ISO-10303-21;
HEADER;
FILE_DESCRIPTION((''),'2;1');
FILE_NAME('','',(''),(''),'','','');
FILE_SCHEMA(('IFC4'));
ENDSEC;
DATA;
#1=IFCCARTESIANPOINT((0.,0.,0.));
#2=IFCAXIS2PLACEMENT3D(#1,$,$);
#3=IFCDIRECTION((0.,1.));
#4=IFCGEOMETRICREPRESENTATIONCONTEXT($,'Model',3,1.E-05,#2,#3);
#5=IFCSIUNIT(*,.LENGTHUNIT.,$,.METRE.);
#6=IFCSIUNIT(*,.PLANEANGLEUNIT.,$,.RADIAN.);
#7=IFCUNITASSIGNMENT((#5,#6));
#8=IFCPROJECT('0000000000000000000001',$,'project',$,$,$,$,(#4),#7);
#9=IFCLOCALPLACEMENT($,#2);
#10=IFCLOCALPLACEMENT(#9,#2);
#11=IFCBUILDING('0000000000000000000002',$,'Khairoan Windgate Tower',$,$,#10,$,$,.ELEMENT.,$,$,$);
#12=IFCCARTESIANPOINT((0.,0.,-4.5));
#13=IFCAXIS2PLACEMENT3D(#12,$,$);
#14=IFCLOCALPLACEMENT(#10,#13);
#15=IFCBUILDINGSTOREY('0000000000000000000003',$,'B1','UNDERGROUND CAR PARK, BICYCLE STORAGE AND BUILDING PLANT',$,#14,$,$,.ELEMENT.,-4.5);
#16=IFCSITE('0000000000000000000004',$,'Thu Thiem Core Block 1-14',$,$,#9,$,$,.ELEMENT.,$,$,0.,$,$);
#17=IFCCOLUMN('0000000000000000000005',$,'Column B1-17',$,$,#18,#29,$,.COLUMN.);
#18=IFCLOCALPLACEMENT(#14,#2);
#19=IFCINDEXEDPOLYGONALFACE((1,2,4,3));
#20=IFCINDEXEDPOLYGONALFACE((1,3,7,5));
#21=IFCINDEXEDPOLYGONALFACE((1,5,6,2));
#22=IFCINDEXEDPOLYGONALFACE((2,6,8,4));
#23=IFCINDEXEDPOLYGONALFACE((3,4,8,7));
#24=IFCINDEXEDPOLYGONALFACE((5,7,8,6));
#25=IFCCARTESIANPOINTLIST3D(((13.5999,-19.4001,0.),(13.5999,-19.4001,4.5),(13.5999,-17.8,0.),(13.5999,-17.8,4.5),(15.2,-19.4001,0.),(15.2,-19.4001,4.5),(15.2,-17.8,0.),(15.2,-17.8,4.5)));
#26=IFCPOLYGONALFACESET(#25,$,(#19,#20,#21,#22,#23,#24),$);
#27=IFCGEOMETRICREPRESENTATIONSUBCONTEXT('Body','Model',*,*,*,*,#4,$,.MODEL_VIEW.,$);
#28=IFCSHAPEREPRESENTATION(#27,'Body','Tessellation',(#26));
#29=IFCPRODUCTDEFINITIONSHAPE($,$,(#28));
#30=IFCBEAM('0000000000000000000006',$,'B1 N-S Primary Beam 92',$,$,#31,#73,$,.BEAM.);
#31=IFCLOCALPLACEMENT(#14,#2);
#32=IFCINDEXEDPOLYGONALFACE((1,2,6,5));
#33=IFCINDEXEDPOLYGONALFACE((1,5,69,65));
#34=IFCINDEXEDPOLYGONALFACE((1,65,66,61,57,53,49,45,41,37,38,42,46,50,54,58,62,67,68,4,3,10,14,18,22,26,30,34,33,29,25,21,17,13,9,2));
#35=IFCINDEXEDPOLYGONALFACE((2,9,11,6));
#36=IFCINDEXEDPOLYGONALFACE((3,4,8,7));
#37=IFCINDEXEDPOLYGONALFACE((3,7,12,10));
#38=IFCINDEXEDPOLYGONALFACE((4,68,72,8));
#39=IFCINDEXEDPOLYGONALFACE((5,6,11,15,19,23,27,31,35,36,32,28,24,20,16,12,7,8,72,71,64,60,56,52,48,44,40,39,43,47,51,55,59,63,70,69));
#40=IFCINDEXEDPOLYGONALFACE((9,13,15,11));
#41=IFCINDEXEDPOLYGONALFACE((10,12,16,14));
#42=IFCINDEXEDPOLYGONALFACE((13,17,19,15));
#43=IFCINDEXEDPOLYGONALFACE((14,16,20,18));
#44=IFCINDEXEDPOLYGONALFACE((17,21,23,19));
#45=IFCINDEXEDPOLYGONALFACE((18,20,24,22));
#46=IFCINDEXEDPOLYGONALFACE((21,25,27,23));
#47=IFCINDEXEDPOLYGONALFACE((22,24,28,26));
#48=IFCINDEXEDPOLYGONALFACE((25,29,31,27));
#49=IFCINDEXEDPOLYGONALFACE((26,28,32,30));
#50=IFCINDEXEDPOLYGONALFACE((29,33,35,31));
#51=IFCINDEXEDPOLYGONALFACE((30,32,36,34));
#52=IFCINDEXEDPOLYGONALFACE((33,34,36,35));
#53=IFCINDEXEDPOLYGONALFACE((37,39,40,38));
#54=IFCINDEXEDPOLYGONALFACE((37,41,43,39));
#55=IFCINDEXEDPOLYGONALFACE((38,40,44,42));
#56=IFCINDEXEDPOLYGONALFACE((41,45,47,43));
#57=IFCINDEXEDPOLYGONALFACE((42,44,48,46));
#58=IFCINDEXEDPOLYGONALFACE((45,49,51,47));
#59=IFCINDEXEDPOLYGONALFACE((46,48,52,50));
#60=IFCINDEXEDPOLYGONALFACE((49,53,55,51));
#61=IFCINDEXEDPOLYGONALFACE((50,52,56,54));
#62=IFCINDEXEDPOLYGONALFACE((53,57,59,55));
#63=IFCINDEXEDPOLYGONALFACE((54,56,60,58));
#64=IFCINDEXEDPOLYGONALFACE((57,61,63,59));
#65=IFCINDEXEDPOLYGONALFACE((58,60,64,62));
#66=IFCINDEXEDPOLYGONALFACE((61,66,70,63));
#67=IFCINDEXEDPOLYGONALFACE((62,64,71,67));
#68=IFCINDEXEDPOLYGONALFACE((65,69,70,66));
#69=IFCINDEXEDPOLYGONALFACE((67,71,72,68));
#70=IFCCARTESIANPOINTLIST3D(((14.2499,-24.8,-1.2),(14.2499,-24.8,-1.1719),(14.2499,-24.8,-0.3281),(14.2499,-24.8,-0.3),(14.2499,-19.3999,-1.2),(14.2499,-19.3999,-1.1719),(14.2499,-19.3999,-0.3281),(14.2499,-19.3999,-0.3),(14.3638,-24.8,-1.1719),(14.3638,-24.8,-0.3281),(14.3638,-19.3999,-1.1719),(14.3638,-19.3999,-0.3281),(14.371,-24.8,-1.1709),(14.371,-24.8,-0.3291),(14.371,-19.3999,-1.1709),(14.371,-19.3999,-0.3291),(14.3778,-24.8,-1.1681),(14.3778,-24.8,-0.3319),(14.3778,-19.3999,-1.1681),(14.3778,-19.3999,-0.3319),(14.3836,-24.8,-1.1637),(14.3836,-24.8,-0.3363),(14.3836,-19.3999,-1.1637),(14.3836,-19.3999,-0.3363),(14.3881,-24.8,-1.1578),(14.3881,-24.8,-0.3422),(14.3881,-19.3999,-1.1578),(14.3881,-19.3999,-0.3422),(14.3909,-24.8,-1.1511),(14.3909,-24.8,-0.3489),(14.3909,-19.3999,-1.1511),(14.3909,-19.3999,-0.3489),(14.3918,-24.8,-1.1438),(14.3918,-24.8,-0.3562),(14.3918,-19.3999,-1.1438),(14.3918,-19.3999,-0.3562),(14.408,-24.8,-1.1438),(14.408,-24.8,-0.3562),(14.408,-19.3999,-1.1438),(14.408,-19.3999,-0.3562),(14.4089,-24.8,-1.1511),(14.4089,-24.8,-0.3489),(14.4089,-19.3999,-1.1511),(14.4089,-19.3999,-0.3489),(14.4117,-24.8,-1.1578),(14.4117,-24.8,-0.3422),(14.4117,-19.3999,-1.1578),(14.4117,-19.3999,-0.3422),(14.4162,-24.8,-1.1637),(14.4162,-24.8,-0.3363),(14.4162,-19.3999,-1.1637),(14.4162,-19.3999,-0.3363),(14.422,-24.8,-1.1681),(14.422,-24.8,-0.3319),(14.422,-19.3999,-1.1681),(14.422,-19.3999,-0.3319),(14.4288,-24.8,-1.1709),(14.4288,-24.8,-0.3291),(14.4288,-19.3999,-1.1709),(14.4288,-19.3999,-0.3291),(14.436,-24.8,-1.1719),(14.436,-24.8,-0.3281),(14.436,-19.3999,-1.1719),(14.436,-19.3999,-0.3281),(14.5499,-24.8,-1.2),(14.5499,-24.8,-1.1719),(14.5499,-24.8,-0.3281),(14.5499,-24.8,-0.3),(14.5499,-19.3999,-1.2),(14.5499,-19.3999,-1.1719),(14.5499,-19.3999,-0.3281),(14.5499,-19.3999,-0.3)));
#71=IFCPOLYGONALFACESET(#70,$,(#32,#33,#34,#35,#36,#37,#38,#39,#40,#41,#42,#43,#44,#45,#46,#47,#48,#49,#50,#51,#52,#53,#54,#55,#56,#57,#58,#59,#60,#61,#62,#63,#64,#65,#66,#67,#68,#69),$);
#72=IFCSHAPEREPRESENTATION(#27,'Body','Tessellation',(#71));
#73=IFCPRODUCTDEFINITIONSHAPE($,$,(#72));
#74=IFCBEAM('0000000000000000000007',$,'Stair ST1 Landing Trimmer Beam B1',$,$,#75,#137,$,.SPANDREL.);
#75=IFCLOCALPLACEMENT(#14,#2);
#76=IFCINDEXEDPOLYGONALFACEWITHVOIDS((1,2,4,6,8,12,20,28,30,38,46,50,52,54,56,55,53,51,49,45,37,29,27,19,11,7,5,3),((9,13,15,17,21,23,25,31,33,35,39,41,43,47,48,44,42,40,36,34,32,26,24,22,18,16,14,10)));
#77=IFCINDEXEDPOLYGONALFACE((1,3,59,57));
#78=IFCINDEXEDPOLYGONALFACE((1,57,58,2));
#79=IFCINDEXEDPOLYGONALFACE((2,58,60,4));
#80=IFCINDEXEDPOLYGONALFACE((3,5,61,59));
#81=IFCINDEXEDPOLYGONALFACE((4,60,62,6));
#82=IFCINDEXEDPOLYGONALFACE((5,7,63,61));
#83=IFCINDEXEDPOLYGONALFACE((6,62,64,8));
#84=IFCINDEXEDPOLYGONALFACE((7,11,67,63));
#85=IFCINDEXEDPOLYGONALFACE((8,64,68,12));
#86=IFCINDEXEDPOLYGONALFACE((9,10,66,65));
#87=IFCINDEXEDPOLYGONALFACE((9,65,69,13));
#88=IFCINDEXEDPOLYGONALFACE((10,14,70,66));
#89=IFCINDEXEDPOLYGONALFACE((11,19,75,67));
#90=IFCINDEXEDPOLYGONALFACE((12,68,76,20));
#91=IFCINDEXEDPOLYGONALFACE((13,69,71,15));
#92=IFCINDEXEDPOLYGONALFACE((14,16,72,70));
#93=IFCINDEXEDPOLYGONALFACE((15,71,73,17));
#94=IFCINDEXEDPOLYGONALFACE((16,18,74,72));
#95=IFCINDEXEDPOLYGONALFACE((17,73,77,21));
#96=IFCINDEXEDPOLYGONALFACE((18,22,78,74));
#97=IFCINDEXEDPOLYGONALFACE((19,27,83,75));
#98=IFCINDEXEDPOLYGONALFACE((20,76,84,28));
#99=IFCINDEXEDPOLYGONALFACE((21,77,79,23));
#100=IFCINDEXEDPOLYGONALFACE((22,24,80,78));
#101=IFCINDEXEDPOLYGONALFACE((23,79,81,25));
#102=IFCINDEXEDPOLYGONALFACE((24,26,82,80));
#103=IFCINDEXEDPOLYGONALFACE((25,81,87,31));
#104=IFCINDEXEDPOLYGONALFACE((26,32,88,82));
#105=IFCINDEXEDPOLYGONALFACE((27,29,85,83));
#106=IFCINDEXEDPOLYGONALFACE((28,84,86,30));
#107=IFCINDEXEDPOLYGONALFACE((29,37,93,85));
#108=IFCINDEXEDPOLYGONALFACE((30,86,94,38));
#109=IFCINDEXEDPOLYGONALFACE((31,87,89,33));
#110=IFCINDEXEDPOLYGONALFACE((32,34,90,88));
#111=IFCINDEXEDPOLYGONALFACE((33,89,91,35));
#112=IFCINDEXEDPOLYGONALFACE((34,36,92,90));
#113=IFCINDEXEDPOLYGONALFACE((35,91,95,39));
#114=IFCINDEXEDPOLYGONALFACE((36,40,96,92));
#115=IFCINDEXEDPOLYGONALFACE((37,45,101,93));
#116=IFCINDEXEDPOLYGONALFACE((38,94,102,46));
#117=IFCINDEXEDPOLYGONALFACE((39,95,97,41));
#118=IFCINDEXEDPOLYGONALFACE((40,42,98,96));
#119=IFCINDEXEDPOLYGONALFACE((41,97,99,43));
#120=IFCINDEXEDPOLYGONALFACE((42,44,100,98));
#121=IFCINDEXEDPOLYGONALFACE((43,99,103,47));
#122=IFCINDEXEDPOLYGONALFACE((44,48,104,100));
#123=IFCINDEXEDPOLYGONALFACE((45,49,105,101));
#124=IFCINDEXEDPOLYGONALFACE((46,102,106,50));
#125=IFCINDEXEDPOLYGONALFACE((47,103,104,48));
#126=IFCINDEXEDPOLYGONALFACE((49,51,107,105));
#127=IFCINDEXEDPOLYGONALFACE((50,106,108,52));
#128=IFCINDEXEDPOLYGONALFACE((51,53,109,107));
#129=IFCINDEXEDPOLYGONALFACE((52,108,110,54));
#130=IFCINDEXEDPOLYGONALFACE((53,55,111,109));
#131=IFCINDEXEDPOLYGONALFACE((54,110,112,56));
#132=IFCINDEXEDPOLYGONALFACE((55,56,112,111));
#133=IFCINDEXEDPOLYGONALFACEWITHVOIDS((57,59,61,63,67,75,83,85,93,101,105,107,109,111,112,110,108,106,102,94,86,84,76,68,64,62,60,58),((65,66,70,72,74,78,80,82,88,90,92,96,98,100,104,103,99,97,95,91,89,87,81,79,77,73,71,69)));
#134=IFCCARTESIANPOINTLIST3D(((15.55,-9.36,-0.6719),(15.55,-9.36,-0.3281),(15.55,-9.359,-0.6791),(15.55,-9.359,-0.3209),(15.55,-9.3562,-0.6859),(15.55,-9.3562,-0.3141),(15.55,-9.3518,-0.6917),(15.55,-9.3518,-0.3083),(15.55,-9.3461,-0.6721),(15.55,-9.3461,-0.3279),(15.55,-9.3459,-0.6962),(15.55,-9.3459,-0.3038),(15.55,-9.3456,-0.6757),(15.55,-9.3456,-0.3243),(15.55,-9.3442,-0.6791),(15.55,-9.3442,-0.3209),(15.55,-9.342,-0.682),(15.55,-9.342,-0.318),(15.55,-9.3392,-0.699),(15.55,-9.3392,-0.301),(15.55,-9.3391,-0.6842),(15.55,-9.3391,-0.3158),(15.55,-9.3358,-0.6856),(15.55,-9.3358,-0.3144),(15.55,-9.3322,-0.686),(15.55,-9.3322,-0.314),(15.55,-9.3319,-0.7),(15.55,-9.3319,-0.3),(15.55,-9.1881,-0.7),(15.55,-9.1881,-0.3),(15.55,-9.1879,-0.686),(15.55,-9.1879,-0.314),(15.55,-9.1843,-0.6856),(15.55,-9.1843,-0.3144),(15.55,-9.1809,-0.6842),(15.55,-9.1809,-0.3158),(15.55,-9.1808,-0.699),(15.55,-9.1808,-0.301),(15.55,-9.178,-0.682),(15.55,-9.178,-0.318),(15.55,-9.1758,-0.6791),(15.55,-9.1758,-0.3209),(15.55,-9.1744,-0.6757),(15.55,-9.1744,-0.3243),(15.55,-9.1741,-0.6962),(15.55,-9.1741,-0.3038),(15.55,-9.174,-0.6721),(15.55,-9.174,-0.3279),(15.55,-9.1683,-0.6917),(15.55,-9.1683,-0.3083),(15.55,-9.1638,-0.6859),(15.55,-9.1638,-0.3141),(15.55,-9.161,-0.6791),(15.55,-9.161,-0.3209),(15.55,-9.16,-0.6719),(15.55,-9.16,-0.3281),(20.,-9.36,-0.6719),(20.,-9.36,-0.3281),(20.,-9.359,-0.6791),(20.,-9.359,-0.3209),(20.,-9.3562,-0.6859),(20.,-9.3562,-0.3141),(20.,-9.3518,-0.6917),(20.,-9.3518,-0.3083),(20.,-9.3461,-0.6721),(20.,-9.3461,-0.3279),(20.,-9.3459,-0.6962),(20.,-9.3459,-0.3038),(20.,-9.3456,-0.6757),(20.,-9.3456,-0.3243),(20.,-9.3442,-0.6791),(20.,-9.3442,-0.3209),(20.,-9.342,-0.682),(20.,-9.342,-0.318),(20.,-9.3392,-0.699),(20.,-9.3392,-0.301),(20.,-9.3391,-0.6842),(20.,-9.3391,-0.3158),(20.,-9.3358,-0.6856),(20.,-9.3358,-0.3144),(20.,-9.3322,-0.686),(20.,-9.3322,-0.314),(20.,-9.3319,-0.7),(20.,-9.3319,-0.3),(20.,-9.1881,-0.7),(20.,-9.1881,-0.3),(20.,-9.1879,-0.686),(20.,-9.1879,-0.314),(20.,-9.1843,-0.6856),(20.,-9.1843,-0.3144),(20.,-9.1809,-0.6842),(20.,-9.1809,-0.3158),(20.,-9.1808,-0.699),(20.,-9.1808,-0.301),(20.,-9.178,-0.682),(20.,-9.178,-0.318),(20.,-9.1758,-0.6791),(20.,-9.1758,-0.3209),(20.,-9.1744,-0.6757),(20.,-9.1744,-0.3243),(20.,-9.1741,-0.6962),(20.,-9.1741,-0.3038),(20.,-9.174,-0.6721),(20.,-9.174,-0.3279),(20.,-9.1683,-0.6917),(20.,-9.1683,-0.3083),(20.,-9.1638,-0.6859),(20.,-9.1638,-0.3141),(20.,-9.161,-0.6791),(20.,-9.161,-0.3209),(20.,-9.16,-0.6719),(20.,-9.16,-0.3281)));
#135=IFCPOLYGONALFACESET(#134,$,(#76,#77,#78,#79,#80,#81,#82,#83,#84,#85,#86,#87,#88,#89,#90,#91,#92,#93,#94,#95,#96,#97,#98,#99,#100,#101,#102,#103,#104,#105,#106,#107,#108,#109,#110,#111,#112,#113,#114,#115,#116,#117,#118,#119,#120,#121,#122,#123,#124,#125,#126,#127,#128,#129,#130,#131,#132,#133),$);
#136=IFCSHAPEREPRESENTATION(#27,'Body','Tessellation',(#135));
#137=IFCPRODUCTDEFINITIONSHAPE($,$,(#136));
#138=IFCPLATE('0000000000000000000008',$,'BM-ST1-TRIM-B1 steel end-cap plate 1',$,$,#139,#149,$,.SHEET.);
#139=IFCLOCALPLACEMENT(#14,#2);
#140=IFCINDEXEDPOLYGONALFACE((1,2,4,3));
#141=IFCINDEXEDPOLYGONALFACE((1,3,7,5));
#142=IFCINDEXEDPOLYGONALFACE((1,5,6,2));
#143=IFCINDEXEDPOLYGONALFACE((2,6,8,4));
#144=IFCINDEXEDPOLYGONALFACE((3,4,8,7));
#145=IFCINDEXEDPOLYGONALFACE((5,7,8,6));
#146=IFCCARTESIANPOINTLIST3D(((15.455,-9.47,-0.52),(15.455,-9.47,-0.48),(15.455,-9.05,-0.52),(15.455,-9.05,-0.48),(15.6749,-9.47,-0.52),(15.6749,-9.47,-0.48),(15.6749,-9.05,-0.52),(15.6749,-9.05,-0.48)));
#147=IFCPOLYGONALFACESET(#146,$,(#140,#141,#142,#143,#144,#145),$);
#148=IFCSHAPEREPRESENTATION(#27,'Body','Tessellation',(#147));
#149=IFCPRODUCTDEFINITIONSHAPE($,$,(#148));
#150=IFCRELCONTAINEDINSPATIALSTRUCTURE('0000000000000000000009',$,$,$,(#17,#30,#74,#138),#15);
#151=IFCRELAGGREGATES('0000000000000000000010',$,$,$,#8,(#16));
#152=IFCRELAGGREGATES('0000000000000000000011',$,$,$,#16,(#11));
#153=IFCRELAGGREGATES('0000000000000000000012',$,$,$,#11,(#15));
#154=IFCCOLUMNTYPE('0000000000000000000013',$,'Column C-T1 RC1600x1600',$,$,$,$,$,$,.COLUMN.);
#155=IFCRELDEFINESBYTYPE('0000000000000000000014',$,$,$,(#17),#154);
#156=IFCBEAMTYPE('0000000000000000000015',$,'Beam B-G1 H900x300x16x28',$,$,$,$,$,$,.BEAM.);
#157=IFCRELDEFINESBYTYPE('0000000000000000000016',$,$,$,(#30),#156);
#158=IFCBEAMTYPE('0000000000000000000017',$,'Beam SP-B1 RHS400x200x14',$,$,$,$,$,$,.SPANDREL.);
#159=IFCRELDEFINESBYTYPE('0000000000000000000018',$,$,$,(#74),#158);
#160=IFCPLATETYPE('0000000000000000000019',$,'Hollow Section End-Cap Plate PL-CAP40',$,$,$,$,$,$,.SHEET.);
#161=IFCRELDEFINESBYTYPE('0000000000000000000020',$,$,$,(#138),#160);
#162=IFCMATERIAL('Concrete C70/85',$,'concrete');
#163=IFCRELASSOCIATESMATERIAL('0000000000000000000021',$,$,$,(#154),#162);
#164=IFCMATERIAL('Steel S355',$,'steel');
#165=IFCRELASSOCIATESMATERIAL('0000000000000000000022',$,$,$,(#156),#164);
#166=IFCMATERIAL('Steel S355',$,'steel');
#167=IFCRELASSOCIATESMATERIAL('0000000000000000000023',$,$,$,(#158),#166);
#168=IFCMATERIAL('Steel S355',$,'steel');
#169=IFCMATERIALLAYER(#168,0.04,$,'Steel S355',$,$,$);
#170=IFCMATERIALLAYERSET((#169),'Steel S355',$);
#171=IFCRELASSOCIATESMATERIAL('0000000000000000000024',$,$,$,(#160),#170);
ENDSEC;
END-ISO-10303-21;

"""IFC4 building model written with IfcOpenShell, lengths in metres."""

from ifc_helpers import new_model, si_unit, direction, frame, origin, origin_2d, place, context, subcontext, project, spatial, rectangle, hollow_rectangle, i_section, extrude, material, layer, layer_set, material_profile, profile_set, type_object, element, save


model = new_model("IFC4")

# Units and contexts
model_context = context("Model", 3, precision=1e-05, world=origin(), true_north=direction((0.0, 1.0)))
body_context = subcontext(model_context, "Body", "Model", "MODEL_VIEW")
ifc_project = project(units=[si_unit("LENGTHUNIT", "METRE"), si_unit("PLANEANGLEUNIT", "RADIAN")], contexts=[model_context])

# Site, building, storey
site_placement = place(None, origin())
site = spatial("IfcSite", under=ifc_project, at=site_placement, Name="Thu Thiem Core Block 1-14", CompositionType="ELEMENT", RefElevation=0.0)
building_placement = place(site_placement, origin())
building = spatial("IfcBuilding", under=site, at=building_placement, Name="Khairoan Windgate Tower", CompositionType="ELEMENT")
storey_placement = place(building_placement, frame((0.0, 0.0, -4.5)))
storey = spatial("IfcBuildingStorey", under=building, at=storey_placement, Name="B1", Description="UNDERGROUND CAR PARK, BICYCLE STORAGE AND BUILDING PLANT", CompositionType="ELEMENT", Elevation=-4.5)

# Column
ifc_material_1 = material(Name="Concrete C70/85", Category="concrete")
ifc_material_profile_1 = material_profile(ifc_material_1, rectangle(XDim=1.6001, YDim=1.6001, at=origin_2d()))
ifc_profile_set_1 = profile_set([ifc_material_profile_1], Name="Concrete C70/85")
column_type = type_object("IfcColumnType", Name="Column C-T1 RC1600x1600", PredefinedType="COLUMN", material=ifc_profile_set_1)
column_placement = place(storey_placement, frame((14.3999, -18.6001, 0.0), z_axis=(0.0, 0.0, 1.0), x_axis=(1.0, 0.0, 0.0)))
element("IfcColumn", 1, at=column_placement, inside=storey, type_object=column_type, Name="Column B1-17", PredefinedType="COLUMN", context=body_context, shape_type="SweptSolid", body=[
    extrude(rectangle(XDim=1.6001, YDim=1.6001, at=origin_2d()), origin(), (0.0, 0.0, 1.0), 4.5),
])

# Beams
ifc_material_2 = material(Name="Steel S355", Category="steel")
ifc_material_profile_2 = material_profile(ifc_material_2, i_section(OverallWidth=0.3, OverallDepth=0.8999, WebThickness=0.0161, FlangeThickness=0.0281, FilletRadius=0.0281, at=origin_2d()))
ifc_profile_set_2 = profile_set([ifc_material_profile_2], Name="Steel S355")
beam_type_1 = type_object("IfcBeamType", Name="Beam B-G1 H900x300x16x28", PredefinedType="BEAM", material=ifc_profile_set_2)
beam_1_placement = place(storey_placement, frame((14.3999, -24.8, -0.75), z_axis=(0.0, 1.0, 0.0), x_axis=(-1.0, 0.0, 0.0)))
element("IfcBeam", 2, at=beam_1_placement, inside=storey, type_object=beam_type_1, Name="B1 N-S Primary Beam 92", PredefinedType="BEAM", context=body_context, shape_type="SweptSolid", body=[
    extrude(i_section(OverallWidth=0.3, OverallDepth=0.8999, WebThickness=0.0161, FlangeThickness=0.0281, FilletRadius=0.0281, at=origin_2d()), origin(), (0.0, 0.0, 1.0), 5.4001),
])
ifc_material_3 = material(Name="Steel S355", Category="steel")
ifc_material_profile_3 = material_profile(ifc_material_3, hollow_rectangle(XDim=0.2, YDim=0.3999, WallThickness=0.0139, InnerFilletRadius=0.0139, OuterFilletRadius=0.0281, at=origin_2d()))
ifc_profile_set_3 = profile_set([ifc_material_profile_3], Name="Steel S355")
beam_type_2 = type_object("IfcBeamType", Name="Beam SP-B1 RHS400x200x14", PredefinedType="SPANDREL", material=ifc_profile_set_3)
beam_2_placement = place(storey_placement, frame((15.55, -9.26, -0.5), z_axis=(1.0, 0.0, 0.0), x_axis=(0.0, 1.0, 0.0)))
element("IfcBeam", 3, at=beam_2_placement, inside=storey, type_object=beam_type_2, Name="Stair ST1 Landing Trimmer Beam B1", PredefinedType="SPANDREL", context=body_context, shape_type="SweptSolid", body=[
    extrude(hollow_rectangle(XDim=0.2, YDim=0.3999, WallThickness=0.0139, InnerFilletRadius=0.0139, OuterFilletRadius=0.0281, at=origin_2d()), origin(), (0.0, 0.0, 1.0), 4.45),
])

# Plate
ifc_material_4 = material(Name="Steel S355", Category="steel")
ifc_layer_1 = layer(ifc_material_4, 0.04, Name="Steel S355")
ifc_layer_set_1 = layer_set([ifc_layer_1], Name="Steel S355")
plate_type = type_object("IfcPlateType", Name="Hollow Section End-Cap Plate PL-CAP40", PredefinedType="SHEET", material=ifc_layer_set_1)
plate_placement = place(storey_placement, frame((15.5649, -9.26, -0.52), z_axis=(0.0, 0.0, 1.0), x_axis=(1.0, 0.0, 0.0)))
element("IfcPlate", 4, at=plate_placement, inside=storey, type_object=plate_type, Name="BM-ST1-TRIM-B1 steel end-cap plate 1", PredefinedType="SHEET", context=body_context, shape_type="SweptSolid", body=[
    extrude(rectangle(XDim=0.22, YDim=0.4199, at=origin_2d()), origin(), (0.0, 0.0, 1.0), 0.04),
])

save(model, "model.ifc")
